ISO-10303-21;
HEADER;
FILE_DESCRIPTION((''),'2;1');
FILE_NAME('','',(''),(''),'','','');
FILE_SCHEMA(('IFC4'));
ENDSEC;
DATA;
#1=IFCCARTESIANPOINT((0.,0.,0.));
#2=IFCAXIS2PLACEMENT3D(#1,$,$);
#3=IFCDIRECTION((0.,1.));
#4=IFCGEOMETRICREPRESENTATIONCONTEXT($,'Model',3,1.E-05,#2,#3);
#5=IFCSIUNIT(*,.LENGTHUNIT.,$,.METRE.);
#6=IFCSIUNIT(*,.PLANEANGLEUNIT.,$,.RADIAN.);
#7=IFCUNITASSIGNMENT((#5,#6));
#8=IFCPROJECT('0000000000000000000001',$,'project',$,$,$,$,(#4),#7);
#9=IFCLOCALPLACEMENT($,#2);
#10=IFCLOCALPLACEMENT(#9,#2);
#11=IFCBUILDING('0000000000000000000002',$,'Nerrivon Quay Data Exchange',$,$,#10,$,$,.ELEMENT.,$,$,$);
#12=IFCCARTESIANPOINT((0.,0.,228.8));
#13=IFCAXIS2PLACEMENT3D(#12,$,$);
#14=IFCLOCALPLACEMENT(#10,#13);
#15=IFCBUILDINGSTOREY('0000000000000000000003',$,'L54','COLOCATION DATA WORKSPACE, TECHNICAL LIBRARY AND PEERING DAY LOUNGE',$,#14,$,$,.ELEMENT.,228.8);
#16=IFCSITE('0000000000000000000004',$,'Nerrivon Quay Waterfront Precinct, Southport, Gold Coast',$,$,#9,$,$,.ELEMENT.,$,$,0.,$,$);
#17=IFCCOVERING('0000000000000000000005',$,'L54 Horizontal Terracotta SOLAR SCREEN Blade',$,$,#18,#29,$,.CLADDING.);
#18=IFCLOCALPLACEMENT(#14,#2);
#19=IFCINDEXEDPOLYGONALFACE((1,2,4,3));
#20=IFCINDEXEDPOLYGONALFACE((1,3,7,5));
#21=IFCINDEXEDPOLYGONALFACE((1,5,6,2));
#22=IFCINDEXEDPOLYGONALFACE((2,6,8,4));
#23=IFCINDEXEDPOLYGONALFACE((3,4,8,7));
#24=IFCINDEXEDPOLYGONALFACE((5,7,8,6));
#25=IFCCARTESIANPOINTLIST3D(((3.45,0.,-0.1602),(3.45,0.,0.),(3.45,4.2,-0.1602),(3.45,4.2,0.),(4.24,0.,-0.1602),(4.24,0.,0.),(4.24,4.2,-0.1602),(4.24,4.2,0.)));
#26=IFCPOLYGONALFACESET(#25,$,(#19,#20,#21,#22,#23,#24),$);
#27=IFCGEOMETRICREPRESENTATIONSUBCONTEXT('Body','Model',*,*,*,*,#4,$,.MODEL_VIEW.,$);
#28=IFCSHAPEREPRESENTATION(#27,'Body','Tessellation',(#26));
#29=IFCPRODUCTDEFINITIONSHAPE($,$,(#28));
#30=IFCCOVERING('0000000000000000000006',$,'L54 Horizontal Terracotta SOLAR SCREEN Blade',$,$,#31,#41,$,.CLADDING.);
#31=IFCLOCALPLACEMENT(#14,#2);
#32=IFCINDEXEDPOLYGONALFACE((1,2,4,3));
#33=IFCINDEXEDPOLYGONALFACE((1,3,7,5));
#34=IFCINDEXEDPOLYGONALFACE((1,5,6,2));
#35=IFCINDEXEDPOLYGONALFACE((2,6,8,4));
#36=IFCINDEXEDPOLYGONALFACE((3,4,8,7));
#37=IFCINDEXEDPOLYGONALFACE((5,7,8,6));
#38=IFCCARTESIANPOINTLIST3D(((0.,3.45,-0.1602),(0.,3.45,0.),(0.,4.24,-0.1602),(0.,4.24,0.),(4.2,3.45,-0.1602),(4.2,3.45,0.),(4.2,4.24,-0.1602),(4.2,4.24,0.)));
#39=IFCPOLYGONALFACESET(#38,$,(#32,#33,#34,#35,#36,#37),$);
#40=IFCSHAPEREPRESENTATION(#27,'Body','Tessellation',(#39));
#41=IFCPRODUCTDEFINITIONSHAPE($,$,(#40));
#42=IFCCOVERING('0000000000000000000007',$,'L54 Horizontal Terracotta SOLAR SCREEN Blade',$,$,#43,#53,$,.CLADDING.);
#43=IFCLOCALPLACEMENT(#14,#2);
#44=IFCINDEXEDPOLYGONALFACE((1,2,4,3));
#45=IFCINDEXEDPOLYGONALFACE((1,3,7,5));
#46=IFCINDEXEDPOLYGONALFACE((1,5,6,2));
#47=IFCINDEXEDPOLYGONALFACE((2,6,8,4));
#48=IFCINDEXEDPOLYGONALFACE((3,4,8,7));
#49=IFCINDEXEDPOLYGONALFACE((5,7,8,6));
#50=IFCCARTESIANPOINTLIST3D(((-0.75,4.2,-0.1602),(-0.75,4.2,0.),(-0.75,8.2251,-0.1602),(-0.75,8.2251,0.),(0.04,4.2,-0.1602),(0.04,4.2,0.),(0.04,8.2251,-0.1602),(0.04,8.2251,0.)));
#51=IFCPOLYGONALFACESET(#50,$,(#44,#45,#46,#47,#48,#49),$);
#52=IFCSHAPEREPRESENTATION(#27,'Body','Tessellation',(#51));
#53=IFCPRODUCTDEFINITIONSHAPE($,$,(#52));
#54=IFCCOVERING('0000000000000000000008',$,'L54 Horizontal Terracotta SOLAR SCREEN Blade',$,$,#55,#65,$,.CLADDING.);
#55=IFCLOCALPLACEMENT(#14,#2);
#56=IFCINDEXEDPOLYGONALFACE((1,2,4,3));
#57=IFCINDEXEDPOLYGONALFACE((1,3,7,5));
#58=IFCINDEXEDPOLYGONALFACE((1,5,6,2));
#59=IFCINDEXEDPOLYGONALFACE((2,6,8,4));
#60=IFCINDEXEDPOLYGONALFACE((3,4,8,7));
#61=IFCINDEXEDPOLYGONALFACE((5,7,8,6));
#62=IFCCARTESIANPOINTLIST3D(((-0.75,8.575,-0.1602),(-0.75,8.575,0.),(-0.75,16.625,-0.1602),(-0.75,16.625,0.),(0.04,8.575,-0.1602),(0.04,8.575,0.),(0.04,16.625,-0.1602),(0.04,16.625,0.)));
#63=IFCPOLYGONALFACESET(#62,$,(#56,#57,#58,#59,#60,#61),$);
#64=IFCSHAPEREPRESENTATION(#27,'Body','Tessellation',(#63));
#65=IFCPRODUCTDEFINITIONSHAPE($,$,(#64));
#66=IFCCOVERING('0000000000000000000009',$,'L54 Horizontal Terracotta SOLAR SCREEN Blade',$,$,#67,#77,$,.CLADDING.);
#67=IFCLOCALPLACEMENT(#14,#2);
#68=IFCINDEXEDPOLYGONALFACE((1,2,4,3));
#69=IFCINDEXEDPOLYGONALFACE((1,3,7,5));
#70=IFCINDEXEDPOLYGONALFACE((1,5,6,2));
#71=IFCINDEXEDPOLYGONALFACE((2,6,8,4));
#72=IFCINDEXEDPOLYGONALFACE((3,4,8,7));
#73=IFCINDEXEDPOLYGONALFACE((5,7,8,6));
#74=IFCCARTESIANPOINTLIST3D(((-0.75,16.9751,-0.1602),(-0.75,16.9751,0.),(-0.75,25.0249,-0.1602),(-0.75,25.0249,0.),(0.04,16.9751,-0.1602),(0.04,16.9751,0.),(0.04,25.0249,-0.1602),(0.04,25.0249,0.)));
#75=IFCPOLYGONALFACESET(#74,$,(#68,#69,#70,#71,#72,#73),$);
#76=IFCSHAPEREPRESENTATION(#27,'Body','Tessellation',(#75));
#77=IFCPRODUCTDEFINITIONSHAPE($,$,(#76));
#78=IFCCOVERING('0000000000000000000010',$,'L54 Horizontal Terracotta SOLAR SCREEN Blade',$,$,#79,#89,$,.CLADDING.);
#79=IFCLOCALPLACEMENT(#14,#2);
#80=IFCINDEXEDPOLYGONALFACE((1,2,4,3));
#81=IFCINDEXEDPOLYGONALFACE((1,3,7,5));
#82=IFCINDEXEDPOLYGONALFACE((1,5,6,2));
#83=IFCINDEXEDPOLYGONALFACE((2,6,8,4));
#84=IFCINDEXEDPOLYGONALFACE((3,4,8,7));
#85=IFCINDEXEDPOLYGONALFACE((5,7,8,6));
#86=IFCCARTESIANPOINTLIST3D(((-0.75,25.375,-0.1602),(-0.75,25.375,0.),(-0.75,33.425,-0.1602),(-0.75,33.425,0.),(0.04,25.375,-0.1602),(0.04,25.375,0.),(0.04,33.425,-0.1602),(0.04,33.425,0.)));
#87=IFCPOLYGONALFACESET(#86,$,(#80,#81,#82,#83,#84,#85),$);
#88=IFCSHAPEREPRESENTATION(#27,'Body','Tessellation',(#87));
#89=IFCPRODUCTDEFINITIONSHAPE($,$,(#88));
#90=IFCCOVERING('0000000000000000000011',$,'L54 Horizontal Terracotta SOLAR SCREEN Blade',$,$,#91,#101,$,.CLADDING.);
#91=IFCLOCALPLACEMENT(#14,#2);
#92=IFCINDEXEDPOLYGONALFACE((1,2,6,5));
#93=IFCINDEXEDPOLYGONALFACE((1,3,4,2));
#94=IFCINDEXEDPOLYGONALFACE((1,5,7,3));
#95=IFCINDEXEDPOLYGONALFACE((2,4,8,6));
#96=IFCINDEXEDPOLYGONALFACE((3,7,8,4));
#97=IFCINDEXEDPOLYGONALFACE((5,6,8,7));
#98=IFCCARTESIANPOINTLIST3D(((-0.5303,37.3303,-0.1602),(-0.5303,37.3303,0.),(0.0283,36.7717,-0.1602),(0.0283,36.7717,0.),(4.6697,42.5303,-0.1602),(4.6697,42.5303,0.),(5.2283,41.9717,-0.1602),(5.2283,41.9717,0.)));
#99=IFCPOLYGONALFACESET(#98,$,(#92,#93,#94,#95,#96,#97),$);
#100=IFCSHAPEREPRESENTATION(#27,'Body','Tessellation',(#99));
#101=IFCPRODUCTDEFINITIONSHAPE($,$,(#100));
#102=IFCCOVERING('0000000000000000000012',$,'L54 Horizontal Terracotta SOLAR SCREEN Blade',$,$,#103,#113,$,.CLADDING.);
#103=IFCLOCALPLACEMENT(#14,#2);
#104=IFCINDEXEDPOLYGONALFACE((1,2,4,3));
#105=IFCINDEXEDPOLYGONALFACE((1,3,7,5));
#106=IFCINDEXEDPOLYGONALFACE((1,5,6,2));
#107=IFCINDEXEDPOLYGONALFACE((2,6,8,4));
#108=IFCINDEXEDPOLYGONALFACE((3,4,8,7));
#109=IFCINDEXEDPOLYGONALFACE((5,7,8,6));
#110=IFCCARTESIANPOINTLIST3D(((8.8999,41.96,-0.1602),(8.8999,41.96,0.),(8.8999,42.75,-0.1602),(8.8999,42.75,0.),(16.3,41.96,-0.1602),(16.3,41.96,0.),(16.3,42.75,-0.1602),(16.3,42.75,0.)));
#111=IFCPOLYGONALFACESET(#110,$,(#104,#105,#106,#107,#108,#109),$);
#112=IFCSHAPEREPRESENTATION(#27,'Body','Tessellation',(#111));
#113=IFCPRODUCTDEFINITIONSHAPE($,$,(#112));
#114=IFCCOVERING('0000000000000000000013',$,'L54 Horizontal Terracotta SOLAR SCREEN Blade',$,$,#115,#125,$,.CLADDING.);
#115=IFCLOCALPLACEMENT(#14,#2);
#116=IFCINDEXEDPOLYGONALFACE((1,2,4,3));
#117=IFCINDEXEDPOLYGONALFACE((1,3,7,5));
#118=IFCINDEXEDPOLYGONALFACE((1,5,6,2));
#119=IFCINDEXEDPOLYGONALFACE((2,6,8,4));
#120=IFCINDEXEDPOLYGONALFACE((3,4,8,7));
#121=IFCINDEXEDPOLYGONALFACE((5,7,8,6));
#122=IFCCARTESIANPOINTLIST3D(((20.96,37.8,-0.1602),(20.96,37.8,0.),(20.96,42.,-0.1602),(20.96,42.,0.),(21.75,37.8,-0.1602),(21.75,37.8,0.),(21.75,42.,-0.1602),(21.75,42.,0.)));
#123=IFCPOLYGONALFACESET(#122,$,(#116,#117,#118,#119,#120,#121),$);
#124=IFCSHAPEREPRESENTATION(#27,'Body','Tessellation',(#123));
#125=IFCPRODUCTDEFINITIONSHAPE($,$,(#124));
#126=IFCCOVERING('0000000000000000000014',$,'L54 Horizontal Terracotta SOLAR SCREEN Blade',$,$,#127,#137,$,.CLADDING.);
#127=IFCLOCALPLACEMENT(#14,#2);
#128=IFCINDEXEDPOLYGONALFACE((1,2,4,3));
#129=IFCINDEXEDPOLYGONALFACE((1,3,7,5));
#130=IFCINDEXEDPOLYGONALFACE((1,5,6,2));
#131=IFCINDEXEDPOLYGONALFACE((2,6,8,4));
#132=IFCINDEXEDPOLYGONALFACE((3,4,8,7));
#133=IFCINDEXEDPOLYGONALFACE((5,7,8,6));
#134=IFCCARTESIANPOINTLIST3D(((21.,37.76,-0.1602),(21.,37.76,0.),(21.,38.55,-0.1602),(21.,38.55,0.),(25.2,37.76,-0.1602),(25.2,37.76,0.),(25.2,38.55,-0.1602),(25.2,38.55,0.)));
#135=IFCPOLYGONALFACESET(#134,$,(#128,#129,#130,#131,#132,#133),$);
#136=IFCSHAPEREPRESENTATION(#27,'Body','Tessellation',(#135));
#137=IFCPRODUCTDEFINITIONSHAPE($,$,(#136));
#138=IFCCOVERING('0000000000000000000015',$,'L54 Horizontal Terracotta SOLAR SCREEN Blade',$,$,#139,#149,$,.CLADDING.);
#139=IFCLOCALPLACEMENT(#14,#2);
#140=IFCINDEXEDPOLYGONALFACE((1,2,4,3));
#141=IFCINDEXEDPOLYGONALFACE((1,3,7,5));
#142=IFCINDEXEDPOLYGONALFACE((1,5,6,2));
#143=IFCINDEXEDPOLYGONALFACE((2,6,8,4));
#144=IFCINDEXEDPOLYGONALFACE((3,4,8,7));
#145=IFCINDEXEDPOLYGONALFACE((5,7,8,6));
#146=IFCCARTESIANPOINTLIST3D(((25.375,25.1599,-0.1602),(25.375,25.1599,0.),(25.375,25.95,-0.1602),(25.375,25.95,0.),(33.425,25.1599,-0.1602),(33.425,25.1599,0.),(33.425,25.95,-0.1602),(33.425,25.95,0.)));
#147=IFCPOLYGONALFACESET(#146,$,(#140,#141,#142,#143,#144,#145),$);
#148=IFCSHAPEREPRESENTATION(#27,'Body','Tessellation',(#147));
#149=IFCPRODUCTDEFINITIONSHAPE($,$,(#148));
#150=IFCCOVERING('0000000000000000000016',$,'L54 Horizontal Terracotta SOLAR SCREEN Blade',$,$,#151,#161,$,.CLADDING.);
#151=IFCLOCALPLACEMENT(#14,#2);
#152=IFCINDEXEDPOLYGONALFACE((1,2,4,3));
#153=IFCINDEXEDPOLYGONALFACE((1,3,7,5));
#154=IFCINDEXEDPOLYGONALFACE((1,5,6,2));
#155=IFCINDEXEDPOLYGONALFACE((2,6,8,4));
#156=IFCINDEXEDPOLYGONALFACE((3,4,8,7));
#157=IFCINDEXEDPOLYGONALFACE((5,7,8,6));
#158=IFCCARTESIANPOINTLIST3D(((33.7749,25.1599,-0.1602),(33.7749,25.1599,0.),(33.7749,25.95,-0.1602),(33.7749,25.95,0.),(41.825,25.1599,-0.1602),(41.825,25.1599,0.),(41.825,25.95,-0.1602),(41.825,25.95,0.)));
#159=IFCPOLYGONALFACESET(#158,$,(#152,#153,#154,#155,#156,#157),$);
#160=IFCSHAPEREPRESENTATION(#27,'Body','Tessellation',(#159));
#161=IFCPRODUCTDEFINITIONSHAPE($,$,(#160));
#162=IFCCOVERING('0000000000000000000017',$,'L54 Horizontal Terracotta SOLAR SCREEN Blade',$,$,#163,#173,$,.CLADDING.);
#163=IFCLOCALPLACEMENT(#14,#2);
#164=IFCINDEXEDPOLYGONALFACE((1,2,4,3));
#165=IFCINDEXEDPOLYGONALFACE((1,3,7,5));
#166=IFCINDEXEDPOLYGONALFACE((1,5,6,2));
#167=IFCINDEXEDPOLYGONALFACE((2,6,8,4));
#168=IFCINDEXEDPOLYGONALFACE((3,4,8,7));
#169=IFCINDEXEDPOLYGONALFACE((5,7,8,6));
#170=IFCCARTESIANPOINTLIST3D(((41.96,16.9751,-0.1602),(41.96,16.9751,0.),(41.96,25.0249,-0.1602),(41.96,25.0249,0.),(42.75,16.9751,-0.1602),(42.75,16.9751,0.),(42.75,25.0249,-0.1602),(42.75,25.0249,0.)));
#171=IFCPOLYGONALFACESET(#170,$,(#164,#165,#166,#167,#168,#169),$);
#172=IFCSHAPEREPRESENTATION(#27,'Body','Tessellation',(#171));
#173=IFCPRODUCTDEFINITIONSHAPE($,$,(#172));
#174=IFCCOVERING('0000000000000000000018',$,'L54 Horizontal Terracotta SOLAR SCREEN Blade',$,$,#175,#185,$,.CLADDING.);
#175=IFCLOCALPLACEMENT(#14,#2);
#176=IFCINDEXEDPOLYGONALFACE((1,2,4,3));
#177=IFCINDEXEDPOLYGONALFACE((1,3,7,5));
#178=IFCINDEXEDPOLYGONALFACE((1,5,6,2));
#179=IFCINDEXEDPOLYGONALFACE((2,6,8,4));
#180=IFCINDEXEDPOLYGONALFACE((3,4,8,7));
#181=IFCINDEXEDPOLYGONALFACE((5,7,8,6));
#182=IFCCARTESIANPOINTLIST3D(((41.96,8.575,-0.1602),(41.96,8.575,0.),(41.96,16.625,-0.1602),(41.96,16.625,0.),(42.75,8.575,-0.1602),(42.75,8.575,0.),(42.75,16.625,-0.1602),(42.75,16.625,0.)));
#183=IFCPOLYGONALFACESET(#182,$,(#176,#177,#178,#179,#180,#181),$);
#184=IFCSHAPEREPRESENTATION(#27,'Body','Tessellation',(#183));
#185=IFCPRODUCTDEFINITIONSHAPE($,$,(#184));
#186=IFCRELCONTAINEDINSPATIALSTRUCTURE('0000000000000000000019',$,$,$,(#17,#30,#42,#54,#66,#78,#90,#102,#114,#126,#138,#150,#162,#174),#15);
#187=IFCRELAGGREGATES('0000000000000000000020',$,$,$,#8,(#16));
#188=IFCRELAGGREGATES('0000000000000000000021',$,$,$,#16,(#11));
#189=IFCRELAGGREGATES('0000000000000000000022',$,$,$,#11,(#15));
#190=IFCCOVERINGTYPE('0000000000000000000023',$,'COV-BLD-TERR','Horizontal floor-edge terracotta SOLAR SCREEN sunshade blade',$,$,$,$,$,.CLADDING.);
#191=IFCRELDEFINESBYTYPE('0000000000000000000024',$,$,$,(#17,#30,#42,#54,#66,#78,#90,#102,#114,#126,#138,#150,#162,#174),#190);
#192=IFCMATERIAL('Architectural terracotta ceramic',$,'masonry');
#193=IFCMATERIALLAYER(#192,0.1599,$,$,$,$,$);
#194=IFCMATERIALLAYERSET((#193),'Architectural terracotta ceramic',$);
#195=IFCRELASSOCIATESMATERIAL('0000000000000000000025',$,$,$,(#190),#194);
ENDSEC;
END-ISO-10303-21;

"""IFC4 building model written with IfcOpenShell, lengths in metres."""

from ifc_helpers import new_model, si_unit, direction, frame, origin, place, context, subcontext, project, spatial, polyline, outline, extrude, material, layer, layer_set, type_object, element, save


model = new_model("IFC4")

# Units and contexts
model_context = context("Model", 3, precision=1e-05, world=origin(), true_north=direction((0.0, 1.0)))
body_context = subcontext(model_context, "Body", "Model", "MODEL_VIEW")
ifc_project = project(units=[si_unit("LENGTHUNIT", "METRE"), si_unit("PLANEANGLEUNIT", "RADIAN")], contexts=[model_context])

# Site, building, storey
site_placement = place(None, origin())
site = spatial("IfcSite", under=ifc_project, at=site_placement, Name="Nerrivon Quay Waterfront Precinct, Southport, Gold Coast", CompositionType="ELEMENT", RefElevation=0.0)
building_placement = place(site_placement, origin())
building = spatial("IfcBuilding", under=site, at=building_placement, Name="Nerrivon Quay Data Exchange", CompositionType="ELEMENT")
storey_placement = place(building_placement, frame((0.0, 0.0, 228.8)))
storey = spatial("IfcBuildingStorey", under=building, at=storey_placement, Name="L54", Description="COLOCATION DATA WORKSPACE, TECHNICAL LIBRARY AND PEERING DAY LOUNGE", CompositionType="ELEMENT", Elevation=228.8)

# Coverings
ifc_material_1 = material(Name="Architectural terracotta ceramic", Category="masonry")
ifc_layer_1 = layer(ifc_material_1, 0.1599)
ifc_layer_set_1 = layer_set([ifc_layer_1], Name="Architectural terracotta ceramic")
covering_type = type_object("IfcCoveringType", Name="COV-BLD-TERR", Description="Horizontal floor-edge terracotta SOLAR SCREEN sunshade blade", PredefinedType="CLADDING", material=ifc_layer_set_1)
covering_1_placement = place(storey_placement, frame((0.0, 0.0, -0.1602)))
element("IfcCovering", 1, at=covering_1_placement, inside=storey, type_object=covering_type, Name="L54 Horizontal Terracotta SOLAR SCREEN Blade", PredefinedType="CLADDING", context=body_context, shape_type="SweptSolid", body=[
    extrude(outline(polyline([(4.24, 0.0), (4.24, 4.2), (3.45, 4.2), (3.45, 0.0), (4.24, 0.0)])), origin(), (0.0, 0.0, 1.0), 0.1602),
])
covering_2_placement = place(storey_placement, frame((0.0, 0.0, -0.1602)))
element("IfcCovering", 2, at=covering_2_placement, inside=storey, type_object=covering_type, Name="L54 Horizontal Terracotta SOLAR SCREEN Blade", PredefinedType="CLADDING", context=body_context, shape_type="SweptSolid", body=[
    extrude(outline(polyline([(4.2, 4.24), (0.0, 4.24), (0.0, 3.45), (4.2, 3.45), (4.2, 4.24)])), origin(), (0.0, 0.0, 1.0), 0.1602),
])
covering_3_placement = place(storey_placement, frame((0.0, 0.0, -0.1602)))
element("IfcCovering", 3, at=covering_3_placement, inside=storey, type_object=covering_type, Name="L54 Horizontal Terracotta SOLAR SCREEN Blade", PredefinedType="CLADDING", context=body_context, shape_type="SweptSolid", body=[
    extrude(outline(polyline([(0.04, 4.2), (0.04, 8.2251), (-0.75, 8.2251), (-0.75, 4.2), (0.04, 4.2)])), origin(), (0.0, 0.0, 1.0), 0.1602),
])
covering_4_placement = place(storey_placement, frame((0.0, 0.0, -0.1602)))
element("IfcCovering", 4, at=covering_4_placement, inside=storey, type_object=covering_type, Name="L54 Horizontal Terracotta SOLAR SCREEN Blade", PredefinedType="CLADDING", context=body_context, shape_type="SweptSolid", body=[
    extrude(outline(polyline([(0.04, 8.575), (0.04, 16.625), (-0.75, 16.625), (-0.75, 8.575), (0.04, 8.575)])), origin(), (0.0, 0.0, 1.0), 0.1602),
])
covering_5_placement = place(storey_placement, frame((0.0, 0.0, -0.1602)))
element("IfcCovering", 5, at=covering_5_placement, inside=storey, type_object=covering_type, Name="L54 Horizontal Terracotta SOLAR SCREEN Blade", PredefinedType="CLADDING", context=body_context, shape_type="SweptSolid", body=[
    extrude(outline(polyline([(0.04, 16.9751), (0.04, 25.0249), (-0.75, 25.0249), (-0.75, 16.9751), (0.04, 16.9751)])), origin(), (0.0, 0.0, 1.0), 0.1602),
])
covering_6_placement = place(storey_placement, frame((0.0, 0.0, -0.1602)))
element("IfcCovering", 6, at=covering_6_placement, inside=storey, type_object=covering_type, Name="L54 Horizontal Terracotta SOLAR SCREEN Blade", PredefinedType="CLADDING", context=body_context, shape_type="SweptSolid", body=[
    extrude(outline(polyline([(0.04, 25.375), (0.04, 33.425), (-0.75, 33.425), (-0.75, 25.375), (0.04, 25.375)])), origin(), (0.0, 0.0, 1.0), 0.1602),
])
covering_7_placement = place(storey_placement, frame((0.0, 0.0, -0.1602)))
element("IfcCovering", 7, at=covering_7_placement, inside=storey, type_object=covering_type, Name="L54 Horizontal Terracotta SOLAR SCREEN Blade", PredefinedType="CLADDING", context=body_context, shape_type="SweptSolid", body=[
    extrude(outline(polyline([(0.0283, 36.7717), (5.2283, 41.9717), (4.6697, 42.5303), (-0.5303, 37.3303), (0.0283, 36.7717)])), origin(), (0.0, 0.0, 1.0), 0.1602),
])
covering_8_placement = place(storey_placement, frame((0.0, 0.0, -0.1602)))
element("IfcCovering", 8, at=covering_8_placement, inside=storey, type_object=covering_type, Name="L54 Horizontal Terracotta SOLAR SCREEN Blade", PredefinedType="CLADDING", context=body_context, shape_type="SweptSolid", body=[
    extrude(outline(polyline([(8.8999, 41.96), (16.3, 41.96), (16.3, 42.75), (8.8999, 42.75), (8.8999, 41.96)])), origin(), (0.0, 0.0, 1.0), 0.1602),
])
covering_9_placement = place(storey_placement, frame((0.0, 0.0, -0.1602)))
element("IfcCovering", 9, at=covering_9_placement, inside=storey, type_object=covering_type, Name="L54 Horizontal Terracotta SOLAR SCREEN Blade", PredefinedType="CLADDING", context=body_context, shape_type="SweptSolid", body=[
    extrude(outline(polyline([(20.96, 42.0), (20.96, 37.8), (21.75, 37.8), (21.75, 42.0), (20.96, 42.0)])), origin(), (0.0, 0.0, 1.0), 0.1602),
])
covering_10_placement = place(storey_placement, frame((0.0, 0.0, -0.1602)))
element("IfcCovering", 10, at=covering_10_placement, inside=storey, type_object=covering_type, Name="L54 Horizontal Terracotta SOLAR SCREEN Blade", PredefinedType="CLADDING", context=body_context, shape_type="SweptSolid", body=[
    extrude(outline(polyline([(21.0, 37.76), (25.2, 37.76), (25.2, 38.55), (21.0, 38.55), (21.0, 37.76)])), origin(), (0.0, 0.0, 1.0), 0.1602),
])
covering_11_placement = place(storey_placement, frame((0.0, 0.0, -0.1602)))
element("IfcCovering", 11, at=covering_11_placement, inside=storey, type_object=covering_type, Name="L54 Horizontal Terracotta SOLAR SCREEN Blade", PredefinedType="CLADDING", context=body_context, shape_type="SweptSolid", body=[
    extrude(outline(polyline([(25.375, 25.1599), (33.425, 25.1599), (33.425, 25.95), (25.375, 25.95), (25.375, 25.1599)])), origin(), (0.0, 0.0, 1.0), 0.1602),
])
covering_12_placement = place(storey_placement, frame((0.0, 0.0, -0.1602)))
element("IfcCovering", 12, at=covering_12_placement, inside=storey, type_object=covering_type, Name="L54 Horizontal Terracotta SOLAR SCREEN Blade", PredefinedType="CLADDING", context=body_context, shape_type="SweptSolid", body=[
    extrude(outline(polyline([(33.7749, 25.1599), (41.825, 25.1599), (41.825, 25.95), (33.7749, 25.95), (33.7749, 25.1599)])), origin(), (0.0, 0.0, 1.0), 0.1602),
])
covering_13_placement = place(storey_placement, frame((0.0, 0.0, -0.1602)))
element("IfcCovering", 13, at=covering_13_placement, inside=storey, type_object=covering_type, Name="L54 Horizontal Terracotta SOLAR SCREEN Blade", PredefinedType="CLADDING", context=body_context, shape_type="SweptSolid", body=[
    extrude(outline(polyline([(41.96, 25.0249), (41.96, 16.9751), (42.75, 16.9751), (42.75, 25.0249), (41.96, 25.0249)])), origin(), (0.0, 0.0, 1.0), 0.1602),
])
covering_14_placement = place(storey_placement, frame((0.0, 0.0, -0.1602)))
element("IfcCovering", 14, at=covering_14_placement, inside=storey, type_object=covering_type, Name="L54 Horizontal Terracotta SOLAR SCREEN Blade", PredefinedType="CLADDING", context=body_context, shape_type="SweptSolid", body=[
    extrude(outline(polyline([(41.96, 16.625), (41.96, 8.575), (42.75, 8.575), (42.75, 16.625), (41.96, 16.625)])), origin(), (0.0, 0.0, 1.0), 0.1602),
])

save(model, "model.ifc")
